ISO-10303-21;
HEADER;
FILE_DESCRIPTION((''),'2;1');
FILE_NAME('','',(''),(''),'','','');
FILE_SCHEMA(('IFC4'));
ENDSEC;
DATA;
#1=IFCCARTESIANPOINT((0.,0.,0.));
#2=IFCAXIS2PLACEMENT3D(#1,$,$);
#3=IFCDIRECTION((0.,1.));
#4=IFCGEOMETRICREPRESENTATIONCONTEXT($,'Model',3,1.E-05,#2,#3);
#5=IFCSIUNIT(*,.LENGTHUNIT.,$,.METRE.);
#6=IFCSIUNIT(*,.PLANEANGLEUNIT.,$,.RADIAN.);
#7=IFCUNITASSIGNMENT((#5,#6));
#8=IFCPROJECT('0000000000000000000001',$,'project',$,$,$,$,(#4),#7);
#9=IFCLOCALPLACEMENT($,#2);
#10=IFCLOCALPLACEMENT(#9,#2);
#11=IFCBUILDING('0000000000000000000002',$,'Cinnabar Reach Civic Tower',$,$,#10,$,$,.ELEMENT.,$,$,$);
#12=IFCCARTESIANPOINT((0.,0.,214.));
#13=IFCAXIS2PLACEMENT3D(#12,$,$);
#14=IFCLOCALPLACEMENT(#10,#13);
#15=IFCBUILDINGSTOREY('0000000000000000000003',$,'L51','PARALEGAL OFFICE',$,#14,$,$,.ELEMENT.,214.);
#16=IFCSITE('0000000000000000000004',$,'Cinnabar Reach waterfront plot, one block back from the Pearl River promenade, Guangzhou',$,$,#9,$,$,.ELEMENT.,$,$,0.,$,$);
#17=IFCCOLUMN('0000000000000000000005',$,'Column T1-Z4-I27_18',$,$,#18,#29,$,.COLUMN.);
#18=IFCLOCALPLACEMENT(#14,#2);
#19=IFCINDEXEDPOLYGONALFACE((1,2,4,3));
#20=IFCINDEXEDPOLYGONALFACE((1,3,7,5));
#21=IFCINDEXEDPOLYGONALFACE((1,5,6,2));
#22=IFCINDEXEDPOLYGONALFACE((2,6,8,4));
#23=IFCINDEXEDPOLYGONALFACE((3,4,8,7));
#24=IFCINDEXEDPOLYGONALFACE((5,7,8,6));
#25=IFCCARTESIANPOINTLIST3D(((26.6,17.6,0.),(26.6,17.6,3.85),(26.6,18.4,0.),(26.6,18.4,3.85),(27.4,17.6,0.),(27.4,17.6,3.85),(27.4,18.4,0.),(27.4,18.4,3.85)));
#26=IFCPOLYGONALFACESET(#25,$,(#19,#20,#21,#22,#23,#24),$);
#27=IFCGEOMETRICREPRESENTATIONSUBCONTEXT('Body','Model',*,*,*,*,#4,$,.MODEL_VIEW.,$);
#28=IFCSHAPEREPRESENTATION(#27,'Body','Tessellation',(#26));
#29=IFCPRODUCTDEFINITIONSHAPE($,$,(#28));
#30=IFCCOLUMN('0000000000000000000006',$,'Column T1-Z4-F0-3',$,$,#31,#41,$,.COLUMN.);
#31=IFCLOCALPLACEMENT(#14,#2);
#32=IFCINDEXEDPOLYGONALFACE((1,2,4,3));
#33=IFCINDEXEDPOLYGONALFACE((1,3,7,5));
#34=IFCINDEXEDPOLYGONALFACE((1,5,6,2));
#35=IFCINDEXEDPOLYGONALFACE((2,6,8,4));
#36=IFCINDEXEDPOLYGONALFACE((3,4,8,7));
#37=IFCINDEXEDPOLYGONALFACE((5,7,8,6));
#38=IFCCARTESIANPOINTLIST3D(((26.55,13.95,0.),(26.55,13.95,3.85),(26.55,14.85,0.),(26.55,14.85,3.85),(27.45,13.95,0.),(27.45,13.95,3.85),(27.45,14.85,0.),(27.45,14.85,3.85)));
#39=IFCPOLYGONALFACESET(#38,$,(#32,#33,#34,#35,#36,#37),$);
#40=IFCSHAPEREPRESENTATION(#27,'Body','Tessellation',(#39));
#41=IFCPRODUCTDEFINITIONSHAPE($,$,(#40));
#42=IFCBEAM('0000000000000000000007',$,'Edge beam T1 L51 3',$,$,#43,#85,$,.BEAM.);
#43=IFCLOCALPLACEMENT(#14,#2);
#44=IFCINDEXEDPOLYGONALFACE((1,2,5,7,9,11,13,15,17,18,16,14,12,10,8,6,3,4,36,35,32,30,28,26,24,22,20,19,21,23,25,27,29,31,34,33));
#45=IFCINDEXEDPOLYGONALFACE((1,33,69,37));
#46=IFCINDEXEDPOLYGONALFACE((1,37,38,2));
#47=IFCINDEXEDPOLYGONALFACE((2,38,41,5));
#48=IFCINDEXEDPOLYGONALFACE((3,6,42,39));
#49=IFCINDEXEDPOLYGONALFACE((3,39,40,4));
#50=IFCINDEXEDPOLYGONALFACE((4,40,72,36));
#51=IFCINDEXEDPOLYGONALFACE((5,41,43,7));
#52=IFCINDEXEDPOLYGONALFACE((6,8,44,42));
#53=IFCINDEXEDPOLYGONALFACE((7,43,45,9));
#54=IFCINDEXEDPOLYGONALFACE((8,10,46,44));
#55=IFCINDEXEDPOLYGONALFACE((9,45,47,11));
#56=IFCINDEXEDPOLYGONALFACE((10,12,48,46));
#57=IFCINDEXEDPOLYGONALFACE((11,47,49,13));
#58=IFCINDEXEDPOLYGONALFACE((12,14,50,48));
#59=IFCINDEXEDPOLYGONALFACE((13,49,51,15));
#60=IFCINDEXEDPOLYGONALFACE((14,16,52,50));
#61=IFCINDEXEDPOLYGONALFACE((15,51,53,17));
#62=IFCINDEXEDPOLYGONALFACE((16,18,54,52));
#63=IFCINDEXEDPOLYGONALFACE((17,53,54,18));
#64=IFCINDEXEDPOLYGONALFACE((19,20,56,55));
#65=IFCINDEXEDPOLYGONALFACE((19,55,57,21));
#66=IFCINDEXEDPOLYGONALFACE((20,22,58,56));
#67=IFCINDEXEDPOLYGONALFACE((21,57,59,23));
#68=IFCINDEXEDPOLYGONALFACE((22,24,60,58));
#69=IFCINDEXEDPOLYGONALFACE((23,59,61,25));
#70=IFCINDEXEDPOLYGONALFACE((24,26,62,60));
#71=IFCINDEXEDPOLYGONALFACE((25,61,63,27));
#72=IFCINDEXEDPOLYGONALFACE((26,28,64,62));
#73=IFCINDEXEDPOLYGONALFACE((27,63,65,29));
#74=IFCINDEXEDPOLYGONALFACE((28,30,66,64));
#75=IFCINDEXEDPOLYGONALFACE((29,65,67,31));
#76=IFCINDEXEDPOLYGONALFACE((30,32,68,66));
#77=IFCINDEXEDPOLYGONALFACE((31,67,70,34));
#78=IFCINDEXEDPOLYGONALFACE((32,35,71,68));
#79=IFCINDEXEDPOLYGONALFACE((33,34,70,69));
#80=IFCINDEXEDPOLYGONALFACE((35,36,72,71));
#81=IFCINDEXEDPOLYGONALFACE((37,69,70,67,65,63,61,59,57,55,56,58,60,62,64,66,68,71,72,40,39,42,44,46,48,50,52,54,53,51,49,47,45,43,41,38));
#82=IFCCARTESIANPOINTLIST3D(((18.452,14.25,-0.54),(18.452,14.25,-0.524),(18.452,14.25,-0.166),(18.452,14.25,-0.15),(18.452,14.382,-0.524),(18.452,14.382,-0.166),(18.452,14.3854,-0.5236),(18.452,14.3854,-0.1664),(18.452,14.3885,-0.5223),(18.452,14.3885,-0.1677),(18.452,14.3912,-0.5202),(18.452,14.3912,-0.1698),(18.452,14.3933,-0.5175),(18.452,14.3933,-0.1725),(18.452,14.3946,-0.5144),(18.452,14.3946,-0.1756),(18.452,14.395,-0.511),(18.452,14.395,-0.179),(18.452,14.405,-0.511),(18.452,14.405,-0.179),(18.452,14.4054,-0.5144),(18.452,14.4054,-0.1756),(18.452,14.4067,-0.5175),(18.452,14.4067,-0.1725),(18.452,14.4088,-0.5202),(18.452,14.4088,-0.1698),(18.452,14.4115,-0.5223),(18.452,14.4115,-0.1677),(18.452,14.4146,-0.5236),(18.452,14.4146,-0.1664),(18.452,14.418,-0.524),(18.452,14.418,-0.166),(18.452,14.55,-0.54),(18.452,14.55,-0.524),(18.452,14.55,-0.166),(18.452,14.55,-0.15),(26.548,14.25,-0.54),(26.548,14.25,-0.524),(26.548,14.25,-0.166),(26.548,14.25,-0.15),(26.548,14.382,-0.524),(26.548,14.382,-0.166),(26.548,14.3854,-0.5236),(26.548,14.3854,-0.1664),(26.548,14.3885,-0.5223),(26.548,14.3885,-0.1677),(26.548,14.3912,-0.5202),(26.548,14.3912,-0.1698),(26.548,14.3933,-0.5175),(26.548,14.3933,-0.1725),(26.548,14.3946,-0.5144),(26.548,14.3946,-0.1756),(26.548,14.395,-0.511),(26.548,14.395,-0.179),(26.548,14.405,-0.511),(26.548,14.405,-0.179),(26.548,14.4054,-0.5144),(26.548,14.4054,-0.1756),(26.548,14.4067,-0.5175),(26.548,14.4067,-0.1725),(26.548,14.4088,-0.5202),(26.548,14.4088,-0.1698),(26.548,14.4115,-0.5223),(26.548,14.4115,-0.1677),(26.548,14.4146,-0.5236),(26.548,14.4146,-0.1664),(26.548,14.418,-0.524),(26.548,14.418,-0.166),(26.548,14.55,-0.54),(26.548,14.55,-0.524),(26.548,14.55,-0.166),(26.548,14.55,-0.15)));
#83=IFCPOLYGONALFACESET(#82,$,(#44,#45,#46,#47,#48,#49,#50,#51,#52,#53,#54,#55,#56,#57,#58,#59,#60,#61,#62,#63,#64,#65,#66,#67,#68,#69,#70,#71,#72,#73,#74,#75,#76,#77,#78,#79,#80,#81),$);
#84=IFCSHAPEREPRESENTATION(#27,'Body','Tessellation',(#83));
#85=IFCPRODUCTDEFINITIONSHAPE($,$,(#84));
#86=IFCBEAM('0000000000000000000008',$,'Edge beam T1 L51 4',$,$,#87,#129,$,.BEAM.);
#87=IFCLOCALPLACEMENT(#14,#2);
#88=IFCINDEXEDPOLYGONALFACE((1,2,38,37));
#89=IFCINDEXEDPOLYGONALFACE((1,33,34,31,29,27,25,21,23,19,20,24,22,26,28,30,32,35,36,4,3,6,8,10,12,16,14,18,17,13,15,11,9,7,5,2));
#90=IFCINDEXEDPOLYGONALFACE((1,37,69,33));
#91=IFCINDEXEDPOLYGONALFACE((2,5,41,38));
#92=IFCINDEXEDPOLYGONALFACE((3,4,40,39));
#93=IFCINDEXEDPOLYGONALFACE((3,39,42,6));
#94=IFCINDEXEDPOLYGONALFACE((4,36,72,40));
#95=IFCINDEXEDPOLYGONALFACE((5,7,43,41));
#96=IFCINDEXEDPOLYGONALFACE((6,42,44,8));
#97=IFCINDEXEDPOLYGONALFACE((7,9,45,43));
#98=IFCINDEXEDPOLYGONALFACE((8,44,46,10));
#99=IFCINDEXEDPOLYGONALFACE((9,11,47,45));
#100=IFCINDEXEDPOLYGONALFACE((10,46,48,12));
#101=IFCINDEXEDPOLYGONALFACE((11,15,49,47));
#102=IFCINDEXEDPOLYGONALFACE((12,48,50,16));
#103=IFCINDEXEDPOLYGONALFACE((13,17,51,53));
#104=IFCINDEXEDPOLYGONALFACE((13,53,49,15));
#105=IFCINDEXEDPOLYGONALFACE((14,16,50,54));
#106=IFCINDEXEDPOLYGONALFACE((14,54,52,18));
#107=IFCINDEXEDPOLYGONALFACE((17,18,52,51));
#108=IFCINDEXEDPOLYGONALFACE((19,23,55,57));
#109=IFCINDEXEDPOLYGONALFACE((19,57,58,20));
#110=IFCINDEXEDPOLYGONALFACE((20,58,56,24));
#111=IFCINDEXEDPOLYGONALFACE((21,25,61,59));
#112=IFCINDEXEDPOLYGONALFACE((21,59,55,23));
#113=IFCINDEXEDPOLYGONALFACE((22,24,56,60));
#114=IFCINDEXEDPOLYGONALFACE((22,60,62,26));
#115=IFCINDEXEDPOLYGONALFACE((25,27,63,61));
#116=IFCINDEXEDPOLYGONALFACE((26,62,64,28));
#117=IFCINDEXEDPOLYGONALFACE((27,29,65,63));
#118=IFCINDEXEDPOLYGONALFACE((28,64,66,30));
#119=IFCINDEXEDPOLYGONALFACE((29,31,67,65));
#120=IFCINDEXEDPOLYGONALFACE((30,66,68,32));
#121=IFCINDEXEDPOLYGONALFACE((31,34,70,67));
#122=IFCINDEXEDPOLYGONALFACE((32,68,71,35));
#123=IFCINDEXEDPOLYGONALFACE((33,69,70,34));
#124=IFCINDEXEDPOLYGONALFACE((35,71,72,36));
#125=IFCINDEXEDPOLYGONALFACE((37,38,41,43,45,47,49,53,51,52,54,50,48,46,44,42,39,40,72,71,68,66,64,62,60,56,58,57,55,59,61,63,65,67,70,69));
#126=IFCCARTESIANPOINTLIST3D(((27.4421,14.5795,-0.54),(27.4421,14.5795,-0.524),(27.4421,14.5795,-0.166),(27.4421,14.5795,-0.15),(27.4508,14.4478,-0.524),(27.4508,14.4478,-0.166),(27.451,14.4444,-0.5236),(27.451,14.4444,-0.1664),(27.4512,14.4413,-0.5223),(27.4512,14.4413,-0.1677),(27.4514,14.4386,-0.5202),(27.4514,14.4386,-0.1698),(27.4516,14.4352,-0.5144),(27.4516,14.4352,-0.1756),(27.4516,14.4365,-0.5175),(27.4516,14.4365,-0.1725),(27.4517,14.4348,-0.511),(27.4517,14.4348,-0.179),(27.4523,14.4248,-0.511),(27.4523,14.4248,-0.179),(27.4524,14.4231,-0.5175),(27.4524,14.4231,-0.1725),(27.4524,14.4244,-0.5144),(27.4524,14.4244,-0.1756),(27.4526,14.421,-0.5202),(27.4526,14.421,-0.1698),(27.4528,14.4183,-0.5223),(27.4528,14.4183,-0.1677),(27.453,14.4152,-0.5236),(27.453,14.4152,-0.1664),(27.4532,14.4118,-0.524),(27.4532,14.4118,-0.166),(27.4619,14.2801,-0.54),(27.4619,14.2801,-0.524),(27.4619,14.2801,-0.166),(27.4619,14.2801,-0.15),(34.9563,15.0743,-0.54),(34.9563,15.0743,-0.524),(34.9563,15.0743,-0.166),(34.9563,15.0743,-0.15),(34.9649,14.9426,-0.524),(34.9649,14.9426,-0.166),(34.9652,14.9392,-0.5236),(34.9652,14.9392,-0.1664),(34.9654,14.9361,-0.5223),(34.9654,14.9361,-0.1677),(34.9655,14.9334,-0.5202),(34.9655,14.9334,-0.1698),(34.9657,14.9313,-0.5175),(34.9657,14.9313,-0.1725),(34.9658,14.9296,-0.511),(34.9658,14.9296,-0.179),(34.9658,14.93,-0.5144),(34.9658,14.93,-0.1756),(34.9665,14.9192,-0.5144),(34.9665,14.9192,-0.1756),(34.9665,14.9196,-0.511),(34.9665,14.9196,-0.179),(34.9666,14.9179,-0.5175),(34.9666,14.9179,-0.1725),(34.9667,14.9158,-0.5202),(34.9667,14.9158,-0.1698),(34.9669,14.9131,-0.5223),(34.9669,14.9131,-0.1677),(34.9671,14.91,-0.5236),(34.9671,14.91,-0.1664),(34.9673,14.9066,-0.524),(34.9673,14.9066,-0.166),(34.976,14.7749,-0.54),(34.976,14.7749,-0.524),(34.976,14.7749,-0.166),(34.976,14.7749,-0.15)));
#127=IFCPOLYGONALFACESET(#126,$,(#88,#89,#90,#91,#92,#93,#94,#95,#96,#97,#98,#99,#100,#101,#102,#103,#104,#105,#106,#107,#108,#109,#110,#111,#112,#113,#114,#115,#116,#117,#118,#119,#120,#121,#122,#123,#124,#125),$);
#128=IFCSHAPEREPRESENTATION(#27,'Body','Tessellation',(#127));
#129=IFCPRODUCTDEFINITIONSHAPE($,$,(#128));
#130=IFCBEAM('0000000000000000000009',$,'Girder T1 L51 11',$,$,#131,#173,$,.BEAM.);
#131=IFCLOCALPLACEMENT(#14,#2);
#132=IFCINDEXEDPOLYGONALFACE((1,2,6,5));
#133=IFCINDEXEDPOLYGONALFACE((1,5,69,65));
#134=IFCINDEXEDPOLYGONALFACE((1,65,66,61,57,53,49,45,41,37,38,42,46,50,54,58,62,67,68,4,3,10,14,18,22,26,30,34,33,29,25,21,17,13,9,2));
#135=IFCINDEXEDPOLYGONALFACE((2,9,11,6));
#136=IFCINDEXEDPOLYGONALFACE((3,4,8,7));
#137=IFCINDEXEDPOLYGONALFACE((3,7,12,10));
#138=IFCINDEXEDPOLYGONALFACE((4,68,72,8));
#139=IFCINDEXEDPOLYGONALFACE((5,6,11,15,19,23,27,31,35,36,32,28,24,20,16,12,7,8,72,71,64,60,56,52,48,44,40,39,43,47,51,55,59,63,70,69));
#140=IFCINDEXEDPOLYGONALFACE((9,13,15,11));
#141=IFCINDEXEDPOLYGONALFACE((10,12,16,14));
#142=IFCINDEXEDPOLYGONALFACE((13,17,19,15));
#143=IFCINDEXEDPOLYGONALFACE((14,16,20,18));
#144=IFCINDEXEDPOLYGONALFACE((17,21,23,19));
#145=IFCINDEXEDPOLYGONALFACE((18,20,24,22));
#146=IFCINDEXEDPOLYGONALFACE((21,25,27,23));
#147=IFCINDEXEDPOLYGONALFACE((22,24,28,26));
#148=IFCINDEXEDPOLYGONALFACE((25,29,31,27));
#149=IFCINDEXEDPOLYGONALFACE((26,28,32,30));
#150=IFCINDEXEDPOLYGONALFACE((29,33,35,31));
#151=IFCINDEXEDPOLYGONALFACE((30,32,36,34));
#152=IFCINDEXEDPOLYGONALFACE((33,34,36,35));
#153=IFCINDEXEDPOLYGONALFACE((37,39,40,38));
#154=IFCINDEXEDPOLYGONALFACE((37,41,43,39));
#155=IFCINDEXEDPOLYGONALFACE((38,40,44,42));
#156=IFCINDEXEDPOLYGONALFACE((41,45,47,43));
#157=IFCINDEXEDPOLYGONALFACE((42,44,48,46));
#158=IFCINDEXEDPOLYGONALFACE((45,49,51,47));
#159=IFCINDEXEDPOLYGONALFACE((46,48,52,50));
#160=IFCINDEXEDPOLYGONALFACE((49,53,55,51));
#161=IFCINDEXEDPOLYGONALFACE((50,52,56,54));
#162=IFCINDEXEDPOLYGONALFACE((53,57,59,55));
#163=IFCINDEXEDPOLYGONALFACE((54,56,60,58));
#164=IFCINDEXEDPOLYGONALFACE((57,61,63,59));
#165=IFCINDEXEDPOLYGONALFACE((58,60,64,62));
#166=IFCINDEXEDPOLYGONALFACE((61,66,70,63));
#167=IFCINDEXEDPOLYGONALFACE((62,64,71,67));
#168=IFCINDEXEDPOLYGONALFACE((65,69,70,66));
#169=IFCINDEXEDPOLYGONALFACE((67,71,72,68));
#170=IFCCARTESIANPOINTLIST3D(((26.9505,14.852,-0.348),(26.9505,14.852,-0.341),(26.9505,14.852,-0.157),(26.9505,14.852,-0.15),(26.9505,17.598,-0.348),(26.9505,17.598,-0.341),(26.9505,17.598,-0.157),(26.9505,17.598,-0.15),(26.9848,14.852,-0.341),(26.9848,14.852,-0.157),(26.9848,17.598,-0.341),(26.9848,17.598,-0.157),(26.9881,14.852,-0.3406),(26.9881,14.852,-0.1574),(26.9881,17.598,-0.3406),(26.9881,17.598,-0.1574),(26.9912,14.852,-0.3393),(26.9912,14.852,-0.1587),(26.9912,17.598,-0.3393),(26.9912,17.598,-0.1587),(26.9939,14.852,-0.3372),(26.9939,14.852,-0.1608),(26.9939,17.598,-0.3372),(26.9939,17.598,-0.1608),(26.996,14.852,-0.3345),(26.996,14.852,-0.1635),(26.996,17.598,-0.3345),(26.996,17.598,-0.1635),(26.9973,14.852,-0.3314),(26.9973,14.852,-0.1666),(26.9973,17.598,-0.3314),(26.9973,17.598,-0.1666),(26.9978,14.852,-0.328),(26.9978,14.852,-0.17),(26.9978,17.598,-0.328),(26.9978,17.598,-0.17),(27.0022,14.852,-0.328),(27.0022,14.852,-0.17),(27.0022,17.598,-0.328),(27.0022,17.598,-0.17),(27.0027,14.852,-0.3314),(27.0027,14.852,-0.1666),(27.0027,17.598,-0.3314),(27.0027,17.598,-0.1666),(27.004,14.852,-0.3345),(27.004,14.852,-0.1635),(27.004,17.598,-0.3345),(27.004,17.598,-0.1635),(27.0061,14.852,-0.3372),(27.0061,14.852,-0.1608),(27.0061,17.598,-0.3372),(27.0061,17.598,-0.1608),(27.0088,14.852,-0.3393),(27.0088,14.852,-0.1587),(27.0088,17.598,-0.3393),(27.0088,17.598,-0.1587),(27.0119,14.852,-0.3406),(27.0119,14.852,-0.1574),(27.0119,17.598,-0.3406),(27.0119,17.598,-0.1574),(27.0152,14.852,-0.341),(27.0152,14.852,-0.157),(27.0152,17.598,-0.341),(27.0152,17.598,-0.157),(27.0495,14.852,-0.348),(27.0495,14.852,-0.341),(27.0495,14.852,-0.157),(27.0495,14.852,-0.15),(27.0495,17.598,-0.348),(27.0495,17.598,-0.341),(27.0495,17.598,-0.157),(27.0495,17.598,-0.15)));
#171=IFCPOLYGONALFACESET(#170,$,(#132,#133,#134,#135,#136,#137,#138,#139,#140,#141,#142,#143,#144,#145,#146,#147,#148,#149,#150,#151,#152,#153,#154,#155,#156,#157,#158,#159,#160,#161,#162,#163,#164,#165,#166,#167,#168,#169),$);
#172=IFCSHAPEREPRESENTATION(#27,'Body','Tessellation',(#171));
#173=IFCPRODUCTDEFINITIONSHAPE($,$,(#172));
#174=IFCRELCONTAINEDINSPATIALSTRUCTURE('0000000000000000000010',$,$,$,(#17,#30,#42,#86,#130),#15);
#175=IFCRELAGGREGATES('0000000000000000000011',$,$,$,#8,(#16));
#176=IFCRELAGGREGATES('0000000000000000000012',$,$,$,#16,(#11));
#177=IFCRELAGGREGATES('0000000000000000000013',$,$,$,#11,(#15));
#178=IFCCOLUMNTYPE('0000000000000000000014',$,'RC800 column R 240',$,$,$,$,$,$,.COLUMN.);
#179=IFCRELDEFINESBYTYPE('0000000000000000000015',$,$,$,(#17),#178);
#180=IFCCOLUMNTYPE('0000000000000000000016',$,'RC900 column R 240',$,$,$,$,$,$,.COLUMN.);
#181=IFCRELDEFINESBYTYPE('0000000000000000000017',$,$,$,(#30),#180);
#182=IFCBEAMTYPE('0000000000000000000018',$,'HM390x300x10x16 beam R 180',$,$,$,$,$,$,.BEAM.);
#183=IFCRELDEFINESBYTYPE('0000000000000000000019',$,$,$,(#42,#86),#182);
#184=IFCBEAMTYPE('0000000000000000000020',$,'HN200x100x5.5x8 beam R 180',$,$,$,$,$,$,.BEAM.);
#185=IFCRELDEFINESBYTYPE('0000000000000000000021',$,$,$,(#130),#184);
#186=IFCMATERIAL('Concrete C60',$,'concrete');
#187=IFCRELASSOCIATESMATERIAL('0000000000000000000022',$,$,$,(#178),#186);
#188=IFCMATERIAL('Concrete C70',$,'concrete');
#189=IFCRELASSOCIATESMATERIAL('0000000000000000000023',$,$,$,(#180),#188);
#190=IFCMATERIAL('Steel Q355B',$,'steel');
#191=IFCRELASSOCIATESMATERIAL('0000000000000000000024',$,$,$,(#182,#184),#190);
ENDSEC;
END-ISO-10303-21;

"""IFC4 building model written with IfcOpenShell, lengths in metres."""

from ifc_helpers import new_model, si_unit, direction, frame, origin, origin_2d, place, context, subcontext, project, spatial, rectangle, i_section, extrude, material, material_profile, profile_set, type_object, element, save


model = new_model("IFC4")

# Units and contexts
model_context = context("Model", 3, precision=1e-05, world=origin(), true_north=direction((0.0, 1.0)))
body_context = subcontext(model_context, "Body", "Model", "MODEL_VIEW")
ifc_project = project(units=[si_unit("LENGTHUNIT", "METRE"), si_unit("PLANEANGLEUNIT", "RADIAN")], contexts=[model_context])

# Site, building, storey
site_placement = place(None, origin())
site = spatial("IfcSite", under=ifc_project, at=site_placement, Name="Cinnabar Reach waterfront plot, one block back from the Pearl River promenade, Guangzhou", CompositionType="ELEMENT", RefElevation=0.0)
building_placement = place(site_placement, origin())
building = spatial("IfcBuilding", under=site, at=building_placement, Name="Cinnabar Reach Civic Tower", CompositionType="ELEMENT")
storey_placement = place(building_placement, frame((0.0, 0.0, 214.0)))
storey = spatial("IfcBuildingStorey", under=building, at=storey_placement, Name="L51", Description="PARALEGAL OFFICE", CompositionType="ELEMENT", Elevation=214.0)

# Columns
ifc_material_1 = material(Name="Concrete C60", Category="concrete")
ifc_material_profile_1 = material_profile(ifc_material_1, rectangle(XDim=0.8, YDim=0.8, at=origin_2d()), Name="RC800")
ifc_profile_set_1 = profile_set([ifc_material_profile_1], Name="Concrete C60")
column_type_1 = type_object("IfcColumnType", Name="RC800 column R 240", PredefinedType="COLUMN", material=ifc_profile_set_1)
column_1_placement = place(storey_placement, frame((27.0, 18.0, 0.0), z_axis=(0.0, 0.0, 1.0), x_axis=(1.0, 0.0, 0.0)))
element("IfcColumn", 1, at=column_1_placement, inside=storey, type_object=column_type_1, Name="Column T1-Z4-I27_18", PredefinedType="COLUMN", context=body_context, shape_type="SweptSolid", body=[
    extrude(rectangle(XDim=0.8, YDim=0.8, at=origin_2d()), origin(), (0.0, 0.0, 1.0), 3.85),
])
ifc_material_2 = material(Name="Concrete C70", Category="concrete")
ifc_material_profile_2 = material_profile(ifc_material_2, rectangle(XDim=0.9, YDim=0.9, at=origin_2d()), Name="RC900")
ifc_profile_set_2 = profile_set([ifc_material_profile_2], Name="Concrete C70")
column_type_2 = type_object("IfcColumnType", Name="RC900 column R 240", PredefinedType="COLUMN", material=ifc_profile_set_2)
column_2_placement = place(storey_placement, frame((27.0, 14.4, 0.0), z_axis=(0.0, 0.0, 1.0), x_axis=(1.0, 0.0, 0.0)))
element("IfcColumn", 2, at=column_2_placement, inside=storey, type_object=column_type_2, Name="Column T1-Z4-F0-3", PredefinedType="COLUMN", context=body_context, shape_type="SweptSolid", body=[
    extrude(rectangle(XDim=0.9, YDim=0.9, at=origin_2d()), origin(), (0.0, 0.0, 1.0), 3.85),
])

# Beams
ifc_material_3 = material(Name="Steel Q355B", Category="steel")
ifc_material_profile_3 = material_profile(ifc_material_3, i_section(OverallWidth=0.3, OverallDepth=0.39, WebThickness=0.01, FlangeThickness=0.016, FilletRadius=0.013, at=origin_2d()), Name="HM390x300x10x16")
ifc_profile_set_3 = profile_set([ifc_material_profile_3], Name="Steel Q355B")
beam_type_1 = type_object("IfcBeamType", Name="HM390x300x10x16 beam R 180", PredefinedType="BEAM", material=ifc_profile_set_3)
beam_1_placement = place(storey_placement, frame((18.452, 14.4, -0.345), z_axis=(1.0, 0.0, 0.0), x_axis=(0.0, 1.0, 0.0)))
element("IfcBeam", 3, at=beam_1_placement, inside=storey, type_object=beam_type_1, Name="Edge beam T1 L51 3", PredefinedType="BEAM", context=body_context, shape_type="SweptSolid", body=[
    extrude(i_section(OverallWidth=0.3, OverallDepth=0.39, WebThickness=0.01, FlangeThickness=0.016, FilletRadius=0.013, at=origin_2d()), origin(), (0.0, 0.0, 1.0), 8.096),
])
beam_2_placement = place(storey_placement, frame((27.452, 14.4298, -0.345), z_axis=(0.997839, 0.065707, 0.0), x_axis=(-0.065707, 0.997839, 0.0)))
element("IfcBeam", 4, at=beam_2_placement, inside=storey, type_object=beam_type_1, Name="Edge beam T1 L51 4", PredefinedType="BEAM", context=body_context, shape_type="SweptSolid", body=[
    extrude(i_section(OverallWidth=0.3, OverallDepth=0.39, WebThickness=0.01, FlangeThickness=0.016, FilletRadius=0.013, at=origin_2d()), origin(), (0.0, 0.0, 1.0), 7.5304),
])
ifc_material_profile_4 = material_profile(ifc_material_3, i_section(OverallWidth=0.099, OverallDepth=0.198, WebThickness=0.0045, FlangeThickness=0.007, FilletRadius=0.013, at=origin_2d()), Name="HN200x100x5.5x8")
ifc_profile_set_4 = profile_set([ifc_material_profile_4], Name="Steel Q355B")
beam_type_2 = type_object("IfcBeamType", Name="HN200x100x5.5x8 beam R 180", PredefinedType="BEAM", material=ifc_profile_set_4)
beam_3_placement = place(storey_placement, frame((27.0, 14.852, -0.249), z_axis=(0.0, 1.0, 0.0), x_axis=(-1.0, 0.0, 0.0)))
element("IfcBeam", 5, at=beam_3_placement, inside=storey, type_object=beam_type_2, Name="Girder T1 L51 11", PredefinedType="BEAM", context=body_context, shape_type="SweptSolid", body=[
    extrude(i_section(OverallWidth=0.099, OverallDepth=0.198, WebThickness=0.0045, FlangeThickness=0.007, FilletRadius=0.013, at=origin_2d()), origin(), (0.0, 0.0, 1.0), 2.746),
])

save(model, "model.ifc")
